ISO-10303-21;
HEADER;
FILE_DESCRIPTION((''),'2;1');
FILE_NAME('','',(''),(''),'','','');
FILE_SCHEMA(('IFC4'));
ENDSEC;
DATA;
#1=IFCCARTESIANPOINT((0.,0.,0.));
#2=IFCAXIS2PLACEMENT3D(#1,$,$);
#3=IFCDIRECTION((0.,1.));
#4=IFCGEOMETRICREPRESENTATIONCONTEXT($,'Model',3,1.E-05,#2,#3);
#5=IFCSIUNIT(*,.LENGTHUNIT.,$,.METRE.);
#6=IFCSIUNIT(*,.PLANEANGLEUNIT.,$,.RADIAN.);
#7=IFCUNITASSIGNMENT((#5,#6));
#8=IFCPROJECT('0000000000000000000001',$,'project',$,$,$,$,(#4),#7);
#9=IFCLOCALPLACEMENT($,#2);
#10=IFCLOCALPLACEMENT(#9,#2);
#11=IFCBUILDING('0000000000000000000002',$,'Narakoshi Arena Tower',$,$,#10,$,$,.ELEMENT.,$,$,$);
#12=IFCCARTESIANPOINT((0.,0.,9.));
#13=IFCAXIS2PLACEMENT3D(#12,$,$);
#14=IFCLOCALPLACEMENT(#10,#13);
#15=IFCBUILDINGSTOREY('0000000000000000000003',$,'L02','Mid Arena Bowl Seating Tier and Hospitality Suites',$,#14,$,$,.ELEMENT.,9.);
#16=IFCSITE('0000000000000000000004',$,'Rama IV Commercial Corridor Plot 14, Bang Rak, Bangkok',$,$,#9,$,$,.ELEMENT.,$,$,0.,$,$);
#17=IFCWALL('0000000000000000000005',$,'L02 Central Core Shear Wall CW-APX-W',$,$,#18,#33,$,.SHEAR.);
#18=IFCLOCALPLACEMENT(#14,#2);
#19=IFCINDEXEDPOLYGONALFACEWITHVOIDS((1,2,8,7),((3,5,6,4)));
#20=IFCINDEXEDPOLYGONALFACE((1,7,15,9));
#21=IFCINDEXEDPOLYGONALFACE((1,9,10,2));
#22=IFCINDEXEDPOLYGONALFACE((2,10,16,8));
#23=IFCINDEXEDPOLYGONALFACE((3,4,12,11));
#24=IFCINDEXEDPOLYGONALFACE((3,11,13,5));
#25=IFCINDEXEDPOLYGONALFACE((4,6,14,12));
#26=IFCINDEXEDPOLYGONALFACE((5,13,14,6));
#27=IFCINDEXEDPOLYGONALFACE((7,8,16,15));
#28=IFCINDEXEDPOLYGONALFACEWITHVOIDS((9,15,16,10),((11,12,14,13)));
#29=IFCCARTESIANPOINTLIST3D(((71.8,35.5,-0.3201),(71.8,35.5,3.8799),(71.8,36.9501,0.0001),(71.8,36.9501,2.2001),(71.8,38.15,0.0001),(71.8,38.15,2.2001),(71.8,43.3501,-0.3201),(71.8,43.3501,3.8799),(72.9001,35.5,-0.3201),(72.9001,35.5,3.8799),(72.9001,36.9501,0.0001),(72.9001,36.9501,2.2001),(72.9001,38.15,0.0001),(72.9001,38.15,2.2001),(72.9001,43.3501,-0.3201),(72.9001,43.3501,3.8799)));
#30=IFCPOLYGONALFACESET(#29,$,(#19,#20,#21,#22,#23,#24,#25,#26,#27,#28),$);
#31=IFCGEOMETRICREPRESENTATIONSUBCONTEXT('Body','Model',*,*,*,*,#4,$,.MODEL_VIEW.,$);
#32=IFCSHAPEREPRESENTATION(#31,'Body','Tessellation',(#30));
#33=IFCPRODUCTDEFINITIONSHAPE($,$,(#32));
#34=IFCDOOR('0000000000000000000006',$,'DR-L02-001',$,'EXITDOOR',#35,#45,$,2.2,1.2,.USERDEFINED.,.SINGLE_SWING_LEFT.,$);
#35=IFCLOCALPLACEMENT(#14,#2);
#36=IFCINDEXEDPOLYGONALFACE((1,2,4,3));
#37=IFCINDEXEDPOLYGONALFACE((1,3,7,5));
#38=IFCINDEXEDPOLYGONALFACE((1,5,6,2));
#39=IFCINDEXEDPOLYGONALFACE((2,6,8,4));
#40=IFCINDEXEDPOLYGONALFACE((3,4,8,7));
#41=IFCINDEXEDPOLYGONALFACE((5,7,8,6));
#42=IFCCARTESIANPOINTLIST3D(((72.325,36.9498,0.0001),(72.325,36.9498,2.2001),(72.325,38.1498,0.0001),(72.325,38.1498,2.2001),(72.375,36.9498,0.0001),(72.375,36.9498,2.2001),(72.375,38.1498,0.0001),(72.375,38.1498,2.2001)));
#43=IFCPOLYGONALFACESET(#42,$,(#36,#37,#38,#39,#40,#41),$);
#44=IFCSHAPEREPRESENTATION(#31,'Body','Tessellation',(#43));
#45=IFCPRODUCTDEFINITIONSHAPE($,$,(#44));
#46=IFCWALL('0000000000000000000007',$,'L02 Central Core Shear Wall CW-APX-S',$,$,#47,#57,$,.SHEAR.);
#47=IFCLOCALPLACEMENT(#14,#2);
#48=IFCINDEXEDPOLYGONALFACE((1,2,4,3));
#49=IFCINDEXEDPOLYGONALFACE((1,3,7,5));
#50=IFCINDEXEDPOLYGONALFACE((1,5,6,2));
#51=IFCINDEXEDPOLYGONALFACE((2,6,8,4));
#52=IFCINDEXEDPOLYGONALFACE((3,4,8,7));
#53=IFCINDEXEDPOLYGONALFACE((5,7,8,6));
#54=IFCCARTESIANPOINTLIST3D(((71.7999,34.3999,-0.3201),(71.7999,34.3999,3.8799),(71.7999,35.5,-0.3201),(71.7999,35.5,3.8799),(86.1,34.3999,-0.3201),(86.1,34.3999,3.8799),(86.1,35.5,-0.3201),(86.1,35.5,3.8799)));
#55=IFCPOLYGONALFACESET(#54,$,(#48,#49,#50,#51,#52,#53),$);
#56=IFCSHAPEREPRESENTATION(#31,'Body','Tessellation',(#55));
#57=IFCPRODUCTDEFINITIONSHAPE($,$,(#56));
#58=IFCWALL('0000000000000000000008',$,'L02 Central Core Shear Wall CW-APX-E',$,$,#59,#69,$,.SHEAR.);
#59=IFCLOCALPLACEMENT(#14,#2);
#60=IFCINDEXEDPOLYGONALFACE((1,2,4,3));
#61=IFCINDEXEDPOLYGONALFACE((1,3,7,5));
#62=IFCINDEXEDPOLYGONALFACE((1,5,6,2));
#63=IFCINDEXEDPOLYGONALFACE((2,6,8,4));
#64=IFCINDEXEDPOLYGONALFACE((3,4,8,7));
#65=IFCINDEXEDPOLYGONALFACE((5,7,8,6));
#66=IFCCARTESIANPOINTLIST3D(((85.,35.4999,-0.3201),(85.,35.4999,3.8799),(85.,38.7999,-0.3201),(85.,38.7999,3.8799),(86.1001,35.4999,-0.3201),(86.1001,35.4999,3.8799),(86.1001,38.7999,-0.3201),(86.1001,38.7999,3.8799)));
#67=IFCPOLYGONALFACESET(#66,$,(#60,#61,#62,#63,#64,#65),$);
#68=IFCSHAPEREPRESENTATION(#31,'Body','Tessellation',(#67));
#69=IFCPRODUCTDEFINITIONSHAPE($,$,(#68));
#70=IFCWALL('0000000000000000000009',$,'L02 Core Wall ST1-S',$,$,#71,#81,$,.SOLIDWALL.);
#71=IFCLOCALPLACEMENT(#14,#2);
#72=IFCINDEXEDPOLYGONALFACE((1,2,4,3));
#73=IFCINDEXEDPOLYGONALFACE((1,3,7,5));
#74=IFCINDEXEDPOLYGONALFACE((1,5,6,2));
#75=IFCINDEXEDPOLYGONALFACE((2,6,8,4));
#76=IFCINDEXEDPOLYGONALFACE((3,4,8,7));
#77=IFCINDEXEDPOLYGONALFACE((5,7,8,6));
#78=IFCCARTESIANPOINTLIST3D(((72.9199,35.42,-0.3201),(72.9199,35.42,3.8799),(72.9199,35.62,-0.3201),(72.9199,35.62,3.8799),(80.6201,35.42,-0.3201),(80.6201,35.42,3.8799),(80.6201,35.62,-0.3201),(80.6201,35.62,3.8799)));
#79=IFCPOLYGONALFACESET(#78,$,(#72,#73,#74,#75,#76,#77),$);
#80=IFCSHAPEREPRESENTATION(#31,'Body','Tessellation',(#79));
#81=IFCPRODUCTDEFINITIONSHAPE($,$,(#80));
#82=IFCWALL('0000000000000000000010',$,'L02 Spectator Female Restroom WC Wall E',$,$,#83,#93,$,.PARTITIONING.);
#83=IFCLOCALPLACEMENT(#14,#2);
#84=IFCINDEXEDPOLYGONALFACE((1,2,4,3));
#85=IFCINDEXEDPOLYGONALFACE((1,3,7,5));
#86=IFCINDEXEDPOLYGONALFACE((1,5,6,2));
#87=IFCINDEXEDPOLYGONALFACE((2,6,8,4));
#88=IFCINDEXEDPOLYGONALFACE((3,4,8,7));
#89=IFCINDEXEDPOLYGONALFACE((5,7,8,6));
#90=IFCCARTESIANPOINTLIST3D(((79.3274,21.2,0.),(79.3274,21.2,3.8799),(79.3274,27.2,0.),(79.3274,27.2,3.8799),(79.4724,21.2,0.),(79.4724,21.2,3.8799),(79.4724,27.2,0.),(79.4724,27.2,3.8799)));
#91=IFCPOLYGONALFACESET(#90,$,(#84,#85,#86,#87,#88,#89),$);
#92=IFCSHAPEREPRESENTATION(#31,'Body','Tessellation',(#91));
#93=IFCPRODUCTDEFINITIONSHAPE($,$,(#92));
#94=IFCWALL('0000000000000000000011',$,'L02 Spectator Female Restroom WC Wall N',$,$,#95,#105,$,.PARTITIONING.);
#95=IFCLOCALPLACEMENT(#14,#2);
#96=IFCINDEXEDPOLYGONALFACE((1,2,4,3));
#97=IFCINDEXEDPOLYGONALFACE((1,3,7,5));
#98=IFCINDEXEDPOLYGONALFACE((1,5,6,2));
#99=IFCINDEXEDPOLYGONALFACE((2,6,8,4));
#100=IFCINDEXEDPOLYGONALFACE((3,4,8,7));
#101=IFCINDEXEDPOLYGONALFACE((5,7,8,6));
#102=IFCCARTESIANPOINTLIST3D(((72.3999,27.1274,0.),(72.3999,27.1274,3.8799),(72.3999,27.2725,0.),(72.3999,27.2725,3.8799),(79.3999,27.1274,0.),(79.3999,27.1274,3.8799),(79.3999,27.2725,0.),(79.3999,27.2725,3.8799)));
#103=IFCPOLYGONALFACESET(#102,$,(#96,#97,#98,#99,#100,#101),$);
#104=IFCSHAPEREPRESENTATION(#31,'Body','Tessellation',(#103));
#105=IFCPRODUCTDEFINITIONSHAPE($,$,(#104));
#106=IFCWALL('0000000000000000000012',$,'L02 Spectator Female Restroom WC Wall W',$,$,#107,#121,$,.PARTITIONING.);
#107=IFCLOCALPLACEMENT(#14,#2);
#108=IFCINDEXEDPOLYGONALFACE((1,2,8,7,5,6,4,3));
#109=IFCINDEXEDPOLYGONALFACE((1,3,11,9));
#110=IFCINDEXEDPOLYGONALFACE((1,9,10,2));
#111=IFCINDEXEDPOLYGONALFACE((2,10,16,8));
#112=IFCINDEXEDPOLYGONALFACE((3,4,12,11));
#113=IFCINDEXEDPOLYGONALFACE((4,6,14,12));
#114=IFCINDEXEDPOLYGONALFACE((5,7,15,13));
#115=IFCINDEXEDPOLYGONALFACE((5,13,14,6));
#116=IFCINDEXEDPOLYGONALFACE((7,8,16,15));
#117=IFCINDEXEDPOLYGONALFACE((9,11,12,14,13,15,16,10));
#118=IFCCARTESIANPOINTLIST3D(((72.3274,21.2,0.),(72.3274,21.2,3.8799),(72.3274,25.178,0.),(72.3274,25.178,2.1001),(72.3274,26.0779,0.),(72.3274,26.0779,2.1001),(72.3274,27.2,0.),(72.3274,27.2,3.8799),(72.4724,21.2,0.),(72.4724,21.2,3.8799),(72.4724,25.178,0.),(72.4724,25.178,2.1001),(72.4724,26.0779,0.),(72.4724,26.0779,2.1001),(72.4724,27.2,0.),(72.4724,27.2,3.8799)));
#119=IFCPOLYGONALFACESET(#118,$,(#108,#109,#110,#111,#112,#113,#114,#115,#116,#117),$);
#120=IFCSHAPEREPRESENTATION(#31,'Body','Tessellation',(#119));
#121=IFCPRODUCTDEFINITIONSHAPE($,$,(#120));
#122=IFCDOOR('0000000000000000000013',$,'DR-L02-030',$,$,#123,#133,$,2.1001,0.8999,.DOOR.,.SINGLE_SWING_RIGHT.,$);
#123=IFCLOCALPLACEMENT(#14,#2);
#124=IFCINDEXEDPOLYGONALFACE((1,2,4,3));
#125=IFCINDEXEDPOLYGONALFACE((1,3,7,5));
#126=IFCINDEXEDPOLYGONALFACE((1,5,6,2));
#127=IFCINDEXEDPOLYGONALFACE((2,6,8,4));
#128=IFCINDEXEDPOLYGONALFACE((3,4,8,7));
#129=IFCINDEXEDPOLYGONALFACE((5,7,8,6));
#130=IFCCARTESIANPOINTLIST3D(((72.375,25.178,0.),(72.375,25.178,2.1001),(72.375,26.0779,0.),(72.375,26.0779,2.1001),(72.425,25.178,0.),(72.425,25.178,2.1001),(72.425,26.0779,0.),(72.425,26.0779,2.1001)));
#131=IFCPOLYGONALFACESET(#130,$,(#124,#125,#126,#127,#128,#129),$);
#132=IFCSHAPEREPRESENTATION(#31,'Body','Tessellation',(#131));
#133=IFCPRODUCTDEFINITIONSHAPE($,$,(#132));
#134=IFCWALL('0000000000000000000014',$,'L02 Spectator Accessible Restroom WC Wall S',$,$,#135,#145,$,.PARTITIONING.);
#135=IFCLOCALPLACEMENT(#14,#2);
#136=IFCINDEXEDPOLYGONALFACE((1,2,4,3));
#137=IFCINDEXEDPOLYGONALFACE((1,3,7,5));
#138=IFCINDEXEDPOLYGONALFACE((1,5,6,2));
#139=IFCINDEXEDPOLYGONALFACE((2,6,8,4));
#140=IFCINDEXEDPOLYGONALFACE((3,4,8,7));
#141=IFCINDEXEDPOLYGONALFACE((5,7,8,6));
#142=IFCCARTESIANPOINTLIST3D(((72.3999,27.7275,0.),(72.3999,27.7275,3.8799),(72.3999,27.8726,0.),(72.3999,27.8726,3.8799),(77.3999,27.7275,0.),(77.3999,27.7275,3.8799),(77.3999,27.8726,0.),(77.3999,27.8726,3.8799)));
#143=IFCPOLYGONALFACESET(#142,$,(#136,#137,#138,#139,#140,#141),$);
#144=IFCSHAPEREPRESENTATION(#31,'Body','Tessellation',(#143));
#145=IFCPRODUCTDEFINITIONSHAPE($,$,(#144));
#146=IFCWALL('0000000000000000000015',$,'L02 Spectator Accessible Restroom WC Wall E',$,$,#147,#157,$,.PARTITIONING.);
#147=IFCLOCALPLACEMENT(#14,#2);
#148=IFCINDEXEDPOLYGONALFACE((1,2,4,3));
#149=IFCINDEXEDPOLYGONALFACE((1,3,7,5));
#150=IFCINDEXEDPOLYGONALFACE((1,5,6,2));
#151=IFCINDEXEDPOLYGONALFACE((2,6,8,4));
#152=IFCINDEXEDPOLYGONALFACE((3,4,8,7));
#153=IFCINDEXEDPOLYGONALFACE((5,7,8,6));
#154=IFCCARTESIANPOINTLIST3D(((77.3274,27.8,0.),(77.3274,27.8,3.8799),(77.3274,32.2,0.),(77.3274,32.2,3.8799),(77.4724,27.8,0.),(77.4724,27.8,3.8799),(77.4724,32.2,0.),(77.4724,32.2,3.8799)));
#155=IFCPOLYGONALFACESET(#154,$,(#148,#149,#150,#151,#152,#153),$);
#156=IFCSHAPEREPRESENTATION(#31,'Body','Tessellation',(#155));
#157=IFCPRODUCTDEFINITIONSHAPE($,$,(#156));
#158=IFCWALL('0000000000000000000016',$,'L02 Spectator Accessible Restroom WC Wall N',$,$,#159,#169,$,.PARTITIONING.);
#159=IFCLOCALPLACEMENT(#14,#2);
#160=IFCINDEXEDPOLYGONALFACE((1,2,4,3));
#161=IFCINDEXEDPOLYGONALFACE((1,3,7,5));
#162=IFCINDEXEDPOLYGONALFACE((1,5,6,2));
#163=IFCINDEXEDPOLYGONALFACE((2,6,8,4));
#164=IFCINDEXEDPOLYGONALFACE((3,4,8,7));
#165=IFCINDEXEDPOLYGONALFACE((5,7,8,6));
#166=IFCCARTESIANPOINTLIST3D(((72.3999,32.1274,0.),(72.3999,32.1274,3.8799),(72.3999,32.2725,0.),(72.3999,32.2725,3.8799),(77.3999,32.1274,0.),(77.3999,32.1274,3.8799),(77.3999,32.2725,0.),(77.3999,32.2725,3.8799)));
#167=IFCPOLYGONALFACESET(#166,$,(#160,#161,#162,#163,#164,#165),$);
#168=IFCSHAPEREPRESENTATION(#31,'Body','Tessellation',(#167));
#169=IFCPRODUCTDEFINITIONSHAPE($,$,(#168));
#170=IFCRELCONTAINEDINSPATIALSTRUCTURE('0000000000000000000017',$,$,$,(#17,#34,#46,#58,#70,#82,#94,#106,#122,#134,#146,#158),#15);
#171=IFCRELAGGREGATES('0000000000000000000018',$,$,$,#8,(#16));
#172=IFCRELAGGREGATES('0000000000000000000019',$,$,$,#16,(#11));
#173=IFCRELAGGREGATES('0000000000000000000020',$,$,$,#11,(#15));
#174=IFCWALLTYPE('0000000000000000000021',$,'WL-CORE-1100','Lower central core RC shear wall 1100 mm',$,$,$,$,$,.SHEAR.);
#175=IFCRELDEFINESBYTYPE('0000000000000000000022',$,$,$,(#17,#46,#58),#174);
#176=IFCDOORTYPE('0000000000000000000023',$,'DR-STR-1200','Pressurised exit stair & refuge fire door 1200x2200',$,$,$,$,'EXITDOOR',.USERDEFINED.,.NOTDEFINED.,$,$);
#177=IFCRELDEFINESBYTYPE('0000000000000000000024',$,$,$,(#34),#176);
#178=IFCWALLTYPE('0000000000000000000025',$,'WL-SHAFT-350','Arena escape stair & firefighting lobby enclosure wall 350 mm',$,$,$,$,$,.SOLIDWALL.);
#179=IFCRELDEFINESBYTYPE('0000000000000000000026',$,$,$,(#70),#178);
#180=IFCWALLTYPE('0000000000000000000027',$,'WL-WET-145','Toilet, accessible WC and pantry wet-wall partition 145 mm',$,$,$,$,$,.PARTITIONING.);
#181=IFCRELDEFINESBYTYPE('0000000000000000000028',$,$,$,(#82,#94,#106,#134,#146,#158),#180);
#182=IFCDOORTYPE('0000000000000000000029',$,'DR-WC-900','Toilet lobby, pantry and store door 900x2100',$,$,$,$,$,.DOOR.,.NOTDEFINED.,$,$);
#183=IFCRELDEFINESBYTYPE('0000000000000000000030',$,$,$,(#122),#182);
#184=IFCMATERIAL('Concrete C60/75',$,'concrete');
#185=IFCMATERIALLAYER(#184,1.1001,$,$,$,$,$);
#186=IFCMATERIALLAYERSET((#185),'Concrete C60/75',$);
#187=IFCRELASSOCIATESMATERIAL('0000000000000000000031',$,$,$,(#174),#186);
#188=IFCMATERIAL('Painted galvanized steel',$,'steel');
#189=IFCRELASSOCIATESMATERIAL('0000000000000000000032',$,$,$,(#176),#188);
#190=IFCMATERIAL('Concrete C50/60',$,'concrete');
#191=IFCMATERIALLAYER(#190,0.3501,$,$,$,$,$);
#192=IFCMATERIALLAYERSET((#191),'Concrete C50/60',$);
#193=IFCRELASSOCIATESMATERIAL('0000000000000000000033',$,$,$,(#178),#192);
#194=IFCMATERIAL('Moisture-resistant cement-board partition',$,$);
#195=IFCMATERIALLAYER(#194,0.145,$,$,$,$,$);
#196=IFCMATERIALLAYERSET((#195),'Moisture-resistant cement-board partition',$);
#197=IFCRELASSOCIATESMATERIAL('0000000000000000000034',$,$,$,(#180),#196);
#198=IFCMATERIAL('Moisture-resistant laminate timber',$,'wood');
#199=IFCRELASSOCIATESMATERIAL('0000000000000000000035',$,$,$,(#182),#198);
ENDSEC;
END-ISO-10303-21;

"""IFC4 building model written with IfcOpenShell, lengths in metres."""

from ifc_helpers import new_model, si_unit, direction, frame, frame_2d, origin, place, context, subcontext, project, spatial, rectangle, extrude, material, layer, layer_set, type_object, element, fill, save


model = new_model("IFC4")

# Units and contexts
model_context = context("Model", 3, precision=1e-05, world=origin(), true_north=direction((0.0, 1.0)))
body_context = subcontext(model_context, "Body", "Model", "MODEL_VIEW")
ifc_project = project(units=[si_unit("LENGTHUNIT", "METRE"), si_unit("PLANEANGLEUNIT", "RADIAN")], contexts=[model_context])

# Site, building, storey
site_placement = place(None, origin())
site = spatial("IfcSite", under=ifc_project, at=site_placement, Name="Rama IV Commercial Corridor Plot 14, Bang Rak, Bangkok", CompositionType="ELEMENT", RefElevation=0.0)
building_placement = place(site_placement, origin())
building = spatial("IfcBuilding", under=site, at=building_placement, Name="Narakoshi Arena Tower", CompositionType="ELEMENT")
storey_placement = place(building_placement, frame((0.0, 0.0, 9.0)))
storey = spatial("IfcBuildingStorey", under=building, at=storey_placement, Name="L02", Description="Mid Arena Bowl Seating Tier and Hospitality Suites", CompositionType="ELEMENT", Elevation=9.0)

# Shared definitions
ifc_material_1 = material(Name="Concrete C60/75", Category="concrete")

# Wall, opening, door
ifc_layer_1 = layer(ifc_material_1, 1.1001)
ifc_layer_set_1 = layer_set([ifc_layer_1], Name="Concrete C60/75")
wall_type_1 = type_object("IfcWallType", Name="WL-CORE-1100", Description="Lower central core RC shear wall 1100 mm", PredefinedType="SHEAR", material=ifc_layer_set_1)
wall_1_placement = place(storey_placement, frame((72.3501, 35.5, -0.3201), z_axis=(0.0, 0.0, 1.0), x_axis=(0.0, 1.0, 0.0)))
wall_1 = element("IfcWall", 1, at=wall_1_placement, inside=storey, type_object=wall_type_1, Name="L02 Central Core Shear Wall CW-APX-W", PredefinedType="SHEAR", context=body_context, shape_type="SweptSolid", body=[
    extrude(rectangle(XDim=7.8501, YDim=1.1001, at=frame_2d((3.925, 0.0))), origin(), (0.0, 0.0, 1.0), 4.2),
])
opening_1_placement = place(wall_1_placement, frame((1.45, 0.0, 0.3201)))
opening_1 = element("IfcOpeningElement", 2, at=opening_1_placement, cuts=wall_1, PredefinedType="OPENING", context=body_context, shape_type="SweptSolid", body=[
    extrude(rectangle(XDim=1.2, YDim=2.2, at=frame_2d((0.6001, 1.1001))), frame((0.0, 0.5601, 0.0), z_axis=(0.0, -1.0, 0.0), x_axis=(1.0, 0.0, 0.0)), (0.0, 0.0, 1.0), 1.1201),
])
ifc_material_2 = material(Name="Painted galvanized steel", Category="steel")
door_type_1 = type_object("IfcDoorType", Name="DR-STR-1200", Description="Pressurised exit stair & refuge fire door 1200x2200", ElementType="EXITDOOR", OperationType="NOTDEFINED", PredefinedType="USERDEFINED", material=ifc_material_2)
door_1_placement = place(opening_1_placement, frame((1.2, 0.0, 0.0), z_axis=(0.0, 0.0, 1.0), x_axis=(-1.0, 0.0, 0.0)))
door_1 = element("IfcDoor", 3, at=door_1_placement, inside=storey, type_object=door_type_1, Name="DR-L02-001", ObjectType="EXITDOOR", OperationType="SINGLE_SWING_LEFT", OverallHeight=2.2, OverallWidth=1.2, PredefinedType="USERDEFINED", context=body_context, shape_type="SweptSolid", body=[
    extrude(rectangle(XDim=1.2, YDim=2.2, at=frame_2d((0.6001, 1.1001))), frame((0.0, 0.0249, 0.0), z_axis=(0.0, -1.0, 0.0), x_axis=(1.0, 0.0, 0.0)), (0.0, 0.0, 1.0), 0.05),
])
fill(opening_1, door_1)

# Walls
wall_2_placement = place(storey_placement, frame((71.8, 34.95, -0.3201), z_axis=(0.0, 0.0, 1.0), x_axis=(1.0, 0.0, 0.0)))
element("IfcWall", 4, at=wall_2_placement, inside=storey, type_object=wall_type_1, Name="L02 Central Core Shear Wall CW-APX-S", PredefinedType="SHEAR", context=body_context, shape_type="SweptSolid", body=[
    extrude(rectangle(XDim=14.3, YDim=1.1001, at=frame_2d((7.1499, 0.0))), origin(), (0.0, 0.0, 1.0), 4.2),
])
wall_3_placement = place(storey_placement, frame((85.55, 35.5, -0.3201), z_axis=(0.0, 0.0, 1.0), x_axis=(0.0, 1.0, 0.0)))
element("IfcWall", 5, at=wall_3_placement, inside=storey, type_object=wall_type_1, Name="L02 Central Core Shear Wall CW-APX-E", PredefinedType="SHEAR", context=body_context, shape_type="SweptSolid", body=[
    extrude(rectangle(XDim=3.3, YDim=1.1001, at=frame_2d((1.6499, 0.0))), origin(), (0.0, 0.0, 1.0), 4.2),
])
ifc_material_3 = material(Name="Concrete C50/60", Category="concrete")
ifc_layer_2 = layer(ifc_material_3, 0.3501)
ifc_layer_set_2 = layer_set([ifc_layer_2], Name="Concrete C50/60")
wall_type_2 = type_object("IfcWallType", Name="WL-SHAFT-350", Description="Arena escape stair & firefighting lobby enclosure wall 350 mm", PredefinedType="SOLIDWALL", material=ifc_layer_set_2)
wall_4_placement = place(storey_placement, frame((72.9199, 35.52, -0.3201), z_axis=(0.0, 0.0, 1.0), x_axis=(1.0, 0.0, 0.0)))
element("IfcWall", 6, at=wall_4_placement, inside=storey, type_object=wall_type_2, Name="L02 Core Wall ST1-S", PredefinedType="SOLIDWALL", context=body_context, shape_type="SweptSolid", body=[
    extrude(rectangle(XDim=7.7002, YDim=0.2, at=frame_2d((3.8501, 0.0))), origin(), (0.0, 0.0, 1.0), 4.2),
])
ifc_material_4 = material(Name="Moisture-resistant cement-board partition")
ifc_layer_3 = layer(ifc_material_4, 0.145)
ifc_layer_set_3 = layer_set([ifc_layer_3], Name="Moisture-resistant cement-board partition")
wall_type_3 = type_object("IfcWallType", Name="WL-WET-145", Description="Toilet, accessible WC and pantry wet-wall partition 145 mm", PredefinedType="PARTITIONING", material=ifc_layer_set_3)
wall_5_placement = place(storey_placement, frame((79.3999, 21.2, 0.0), z_axis=(0.0, 0.0, 1.0), x_axis=(0.0, 1.0, 0.0)))
element("IfcWall", 7, at=wall_5_placement, inside=storey, type_object=wall_type_3, Name="L02 Spectator Female Restroom WC Wall E", PredefinedType="PARTITIONING", context=body_context, shape_type="SweptSolid", body=[
    extrude(rectangle(XDim=6.0, YDim=0.145, at=frame_2d((3.0, 0.0))), origin(), (0.0, 0.0, 1.0), 3.8799),
])
wall_6_placement = place(storey_placement, frame((79.3999, 27.2, 0.0), z_axis=(0.0, 0.0, 1.0), x_axis=(-1.0, 0.0, 0.0)))
element("IfcWall", 8, at=wall_6_placement, inside=storey, type_object=wall_type_3, Name="L02 Spectator Female Restroom WC Wall N", PredefinedType="PARTITIONING", context=body_context, shape_type="SweptSolid", body=[
    extrude(rectangle(XDim=7.0, YDim=0.145, at=frame_2d((3.5, 0.0))), origin(), (0.0, 0.0, 1.0), 3.8799),
])

# Wall, opening, door
wall_7_placement = place(storey_placement, frame((72.3999, 27.2, 0.0), z_axis=(0.0, 0.0, 1.0), x_axis=(0.0, -1.0, 0.0)))
wall_7 = element("IfcWall", 9, at=wall_7_placement, inside=storey, type_object=wall_type_3, Name="L02 Spectator Female Restroom WC Wall W", PredefinedType="PARTITIONING", context=body_context, shape_type="SweptSolid", body=[
    extrude(rectangle(XDim=6.0, YDim=0.145, at=frame_2d((3.0, 0.0))), origin(), (0.0, 0.0, 1.0), 3.8799),
])
opening_2_placement = place(wall_7_placement, frame((1.1221, 0.0, 0.0)))
opening_2 = element("IfcOpeningElement", 10, at=opening_2_placement, cuts=wall_7, PredefinedType="OPENING", context=body_context, shape_type="SweptSolid", body=[
    extrude(rectangle(XDim=0.8999, YDim=2.1001, at=frame_2d((0.45, 1.05))), frame((0.0, 0.0825, 0.0), z_axis=(0.0, -1.0, 0.0), x_axis=(1.0, 0.0, 0.0)), (0.0, 0.0, 1.0), 0.165),
])
ifc_material_5 = material(Name="Moisture-resistant laminate timber", Category="wood")
door_type_2 = type_object("IfcDoorType", Name="DR-WC-900", Description="Toilet lobby, pantry and store door 900x2100", OperationType="NOTDEFINED", PredefinedType="DOOR", material=ifc_material_5)
door_2_placement = place(opening_2_placement, frame((0.8999, 0.0, 0.0), z_axis=(0.0, 0.0, 1.0), x_axis=(-1.0, 0.0, 0.0)))
door_2 = element("IfcDoor", 11, at=door_2_placement, inside=storey, type_object=door_type_2, Name="DR-L02-030", OperationType="SINGLE_SWING_RIGHT", OverallHeight=2.1001, OverallWidth=0.8999, PredefinedType="DOOR", context=body_context, shape_type="SweptSolid", body=[
    extrude(rectangle(XDim=0.8999, YDim=2.1001, at=frame_2d((0.45, 1.05))), frame((0.0, 0.0249, 0.0), z_axis=(0.0, -1.0, 0.0), x_axis=(1.0, 0.0, 0.0)), (0.0, 0.0, 1.0), 0.05),
])
fill(opening_2, door_2)

# Walls
wall_8_placement = place(storey_placement, frame((72.3999, 27.8, 0.0), z_axis=(0.0, 0.0, 1.0), x_axis=(1.0, 0.0, 0.0)))
element("IfcWall", 12, at=wall_8_placement, inside=storey, type_object=wall_type_3, Name="L02 Spectator Accessible Restroom WC Wall S", PredefinedType="PARTITIONING", context=body_context, shape_type="SweptSolid", body=[
    extrude(rectangle(XDim=5.0, YDim=0.145, at=frame_2d((2.5, 0.0))), origin(), (0.0, 0.0, 1.0), 3.8799),
])
wall_9_placement = place(storey_placement, frame((77.3999, 27.8, 0.0), z_axis=(0.0, 0.0, 1.0), x_axis=(0.0, 1.0, 0.0)))
element("IfcWall", 13, at=wall_9_placement, inside=storey, type_object=wall_type_3, Name="L02 Spectator Accessible Restroom WC Wall E", PredefinedType="PARTITIONING", context=body_context, shape_type="SweptSolid", body=[
    extrude(rectangle(XDim=4.3999, YDim=0.145, at=frame_2d((2.2, 0.0))), origin(), (0.0, 0.0, 1.0), 3.8799),
])
wall_10_placement = place(storey_placement, frame((77.3999, 32.2, 0.0), z_axis=(0.0, 0.0, 1.0), x_axis=(-1.0, 0.0, 0.0)))
element("IfcWall", 14, at=wall_10_placement, inside=storey, type_object=wall_type_3, Name="L02 Spectator Accessible Restroom WC Wall N", PredefinedType="PARTITIONING", context=body_context, shape_type="SweptSolid", body=[
    extrude(rectangle(XDim=5.0, YDim=0.145, at=frame_2d((2.5, 0.0))), origin(), (0.0, 0.0, 1.0), 3.8799),
])

save(model, "model.ifc")
